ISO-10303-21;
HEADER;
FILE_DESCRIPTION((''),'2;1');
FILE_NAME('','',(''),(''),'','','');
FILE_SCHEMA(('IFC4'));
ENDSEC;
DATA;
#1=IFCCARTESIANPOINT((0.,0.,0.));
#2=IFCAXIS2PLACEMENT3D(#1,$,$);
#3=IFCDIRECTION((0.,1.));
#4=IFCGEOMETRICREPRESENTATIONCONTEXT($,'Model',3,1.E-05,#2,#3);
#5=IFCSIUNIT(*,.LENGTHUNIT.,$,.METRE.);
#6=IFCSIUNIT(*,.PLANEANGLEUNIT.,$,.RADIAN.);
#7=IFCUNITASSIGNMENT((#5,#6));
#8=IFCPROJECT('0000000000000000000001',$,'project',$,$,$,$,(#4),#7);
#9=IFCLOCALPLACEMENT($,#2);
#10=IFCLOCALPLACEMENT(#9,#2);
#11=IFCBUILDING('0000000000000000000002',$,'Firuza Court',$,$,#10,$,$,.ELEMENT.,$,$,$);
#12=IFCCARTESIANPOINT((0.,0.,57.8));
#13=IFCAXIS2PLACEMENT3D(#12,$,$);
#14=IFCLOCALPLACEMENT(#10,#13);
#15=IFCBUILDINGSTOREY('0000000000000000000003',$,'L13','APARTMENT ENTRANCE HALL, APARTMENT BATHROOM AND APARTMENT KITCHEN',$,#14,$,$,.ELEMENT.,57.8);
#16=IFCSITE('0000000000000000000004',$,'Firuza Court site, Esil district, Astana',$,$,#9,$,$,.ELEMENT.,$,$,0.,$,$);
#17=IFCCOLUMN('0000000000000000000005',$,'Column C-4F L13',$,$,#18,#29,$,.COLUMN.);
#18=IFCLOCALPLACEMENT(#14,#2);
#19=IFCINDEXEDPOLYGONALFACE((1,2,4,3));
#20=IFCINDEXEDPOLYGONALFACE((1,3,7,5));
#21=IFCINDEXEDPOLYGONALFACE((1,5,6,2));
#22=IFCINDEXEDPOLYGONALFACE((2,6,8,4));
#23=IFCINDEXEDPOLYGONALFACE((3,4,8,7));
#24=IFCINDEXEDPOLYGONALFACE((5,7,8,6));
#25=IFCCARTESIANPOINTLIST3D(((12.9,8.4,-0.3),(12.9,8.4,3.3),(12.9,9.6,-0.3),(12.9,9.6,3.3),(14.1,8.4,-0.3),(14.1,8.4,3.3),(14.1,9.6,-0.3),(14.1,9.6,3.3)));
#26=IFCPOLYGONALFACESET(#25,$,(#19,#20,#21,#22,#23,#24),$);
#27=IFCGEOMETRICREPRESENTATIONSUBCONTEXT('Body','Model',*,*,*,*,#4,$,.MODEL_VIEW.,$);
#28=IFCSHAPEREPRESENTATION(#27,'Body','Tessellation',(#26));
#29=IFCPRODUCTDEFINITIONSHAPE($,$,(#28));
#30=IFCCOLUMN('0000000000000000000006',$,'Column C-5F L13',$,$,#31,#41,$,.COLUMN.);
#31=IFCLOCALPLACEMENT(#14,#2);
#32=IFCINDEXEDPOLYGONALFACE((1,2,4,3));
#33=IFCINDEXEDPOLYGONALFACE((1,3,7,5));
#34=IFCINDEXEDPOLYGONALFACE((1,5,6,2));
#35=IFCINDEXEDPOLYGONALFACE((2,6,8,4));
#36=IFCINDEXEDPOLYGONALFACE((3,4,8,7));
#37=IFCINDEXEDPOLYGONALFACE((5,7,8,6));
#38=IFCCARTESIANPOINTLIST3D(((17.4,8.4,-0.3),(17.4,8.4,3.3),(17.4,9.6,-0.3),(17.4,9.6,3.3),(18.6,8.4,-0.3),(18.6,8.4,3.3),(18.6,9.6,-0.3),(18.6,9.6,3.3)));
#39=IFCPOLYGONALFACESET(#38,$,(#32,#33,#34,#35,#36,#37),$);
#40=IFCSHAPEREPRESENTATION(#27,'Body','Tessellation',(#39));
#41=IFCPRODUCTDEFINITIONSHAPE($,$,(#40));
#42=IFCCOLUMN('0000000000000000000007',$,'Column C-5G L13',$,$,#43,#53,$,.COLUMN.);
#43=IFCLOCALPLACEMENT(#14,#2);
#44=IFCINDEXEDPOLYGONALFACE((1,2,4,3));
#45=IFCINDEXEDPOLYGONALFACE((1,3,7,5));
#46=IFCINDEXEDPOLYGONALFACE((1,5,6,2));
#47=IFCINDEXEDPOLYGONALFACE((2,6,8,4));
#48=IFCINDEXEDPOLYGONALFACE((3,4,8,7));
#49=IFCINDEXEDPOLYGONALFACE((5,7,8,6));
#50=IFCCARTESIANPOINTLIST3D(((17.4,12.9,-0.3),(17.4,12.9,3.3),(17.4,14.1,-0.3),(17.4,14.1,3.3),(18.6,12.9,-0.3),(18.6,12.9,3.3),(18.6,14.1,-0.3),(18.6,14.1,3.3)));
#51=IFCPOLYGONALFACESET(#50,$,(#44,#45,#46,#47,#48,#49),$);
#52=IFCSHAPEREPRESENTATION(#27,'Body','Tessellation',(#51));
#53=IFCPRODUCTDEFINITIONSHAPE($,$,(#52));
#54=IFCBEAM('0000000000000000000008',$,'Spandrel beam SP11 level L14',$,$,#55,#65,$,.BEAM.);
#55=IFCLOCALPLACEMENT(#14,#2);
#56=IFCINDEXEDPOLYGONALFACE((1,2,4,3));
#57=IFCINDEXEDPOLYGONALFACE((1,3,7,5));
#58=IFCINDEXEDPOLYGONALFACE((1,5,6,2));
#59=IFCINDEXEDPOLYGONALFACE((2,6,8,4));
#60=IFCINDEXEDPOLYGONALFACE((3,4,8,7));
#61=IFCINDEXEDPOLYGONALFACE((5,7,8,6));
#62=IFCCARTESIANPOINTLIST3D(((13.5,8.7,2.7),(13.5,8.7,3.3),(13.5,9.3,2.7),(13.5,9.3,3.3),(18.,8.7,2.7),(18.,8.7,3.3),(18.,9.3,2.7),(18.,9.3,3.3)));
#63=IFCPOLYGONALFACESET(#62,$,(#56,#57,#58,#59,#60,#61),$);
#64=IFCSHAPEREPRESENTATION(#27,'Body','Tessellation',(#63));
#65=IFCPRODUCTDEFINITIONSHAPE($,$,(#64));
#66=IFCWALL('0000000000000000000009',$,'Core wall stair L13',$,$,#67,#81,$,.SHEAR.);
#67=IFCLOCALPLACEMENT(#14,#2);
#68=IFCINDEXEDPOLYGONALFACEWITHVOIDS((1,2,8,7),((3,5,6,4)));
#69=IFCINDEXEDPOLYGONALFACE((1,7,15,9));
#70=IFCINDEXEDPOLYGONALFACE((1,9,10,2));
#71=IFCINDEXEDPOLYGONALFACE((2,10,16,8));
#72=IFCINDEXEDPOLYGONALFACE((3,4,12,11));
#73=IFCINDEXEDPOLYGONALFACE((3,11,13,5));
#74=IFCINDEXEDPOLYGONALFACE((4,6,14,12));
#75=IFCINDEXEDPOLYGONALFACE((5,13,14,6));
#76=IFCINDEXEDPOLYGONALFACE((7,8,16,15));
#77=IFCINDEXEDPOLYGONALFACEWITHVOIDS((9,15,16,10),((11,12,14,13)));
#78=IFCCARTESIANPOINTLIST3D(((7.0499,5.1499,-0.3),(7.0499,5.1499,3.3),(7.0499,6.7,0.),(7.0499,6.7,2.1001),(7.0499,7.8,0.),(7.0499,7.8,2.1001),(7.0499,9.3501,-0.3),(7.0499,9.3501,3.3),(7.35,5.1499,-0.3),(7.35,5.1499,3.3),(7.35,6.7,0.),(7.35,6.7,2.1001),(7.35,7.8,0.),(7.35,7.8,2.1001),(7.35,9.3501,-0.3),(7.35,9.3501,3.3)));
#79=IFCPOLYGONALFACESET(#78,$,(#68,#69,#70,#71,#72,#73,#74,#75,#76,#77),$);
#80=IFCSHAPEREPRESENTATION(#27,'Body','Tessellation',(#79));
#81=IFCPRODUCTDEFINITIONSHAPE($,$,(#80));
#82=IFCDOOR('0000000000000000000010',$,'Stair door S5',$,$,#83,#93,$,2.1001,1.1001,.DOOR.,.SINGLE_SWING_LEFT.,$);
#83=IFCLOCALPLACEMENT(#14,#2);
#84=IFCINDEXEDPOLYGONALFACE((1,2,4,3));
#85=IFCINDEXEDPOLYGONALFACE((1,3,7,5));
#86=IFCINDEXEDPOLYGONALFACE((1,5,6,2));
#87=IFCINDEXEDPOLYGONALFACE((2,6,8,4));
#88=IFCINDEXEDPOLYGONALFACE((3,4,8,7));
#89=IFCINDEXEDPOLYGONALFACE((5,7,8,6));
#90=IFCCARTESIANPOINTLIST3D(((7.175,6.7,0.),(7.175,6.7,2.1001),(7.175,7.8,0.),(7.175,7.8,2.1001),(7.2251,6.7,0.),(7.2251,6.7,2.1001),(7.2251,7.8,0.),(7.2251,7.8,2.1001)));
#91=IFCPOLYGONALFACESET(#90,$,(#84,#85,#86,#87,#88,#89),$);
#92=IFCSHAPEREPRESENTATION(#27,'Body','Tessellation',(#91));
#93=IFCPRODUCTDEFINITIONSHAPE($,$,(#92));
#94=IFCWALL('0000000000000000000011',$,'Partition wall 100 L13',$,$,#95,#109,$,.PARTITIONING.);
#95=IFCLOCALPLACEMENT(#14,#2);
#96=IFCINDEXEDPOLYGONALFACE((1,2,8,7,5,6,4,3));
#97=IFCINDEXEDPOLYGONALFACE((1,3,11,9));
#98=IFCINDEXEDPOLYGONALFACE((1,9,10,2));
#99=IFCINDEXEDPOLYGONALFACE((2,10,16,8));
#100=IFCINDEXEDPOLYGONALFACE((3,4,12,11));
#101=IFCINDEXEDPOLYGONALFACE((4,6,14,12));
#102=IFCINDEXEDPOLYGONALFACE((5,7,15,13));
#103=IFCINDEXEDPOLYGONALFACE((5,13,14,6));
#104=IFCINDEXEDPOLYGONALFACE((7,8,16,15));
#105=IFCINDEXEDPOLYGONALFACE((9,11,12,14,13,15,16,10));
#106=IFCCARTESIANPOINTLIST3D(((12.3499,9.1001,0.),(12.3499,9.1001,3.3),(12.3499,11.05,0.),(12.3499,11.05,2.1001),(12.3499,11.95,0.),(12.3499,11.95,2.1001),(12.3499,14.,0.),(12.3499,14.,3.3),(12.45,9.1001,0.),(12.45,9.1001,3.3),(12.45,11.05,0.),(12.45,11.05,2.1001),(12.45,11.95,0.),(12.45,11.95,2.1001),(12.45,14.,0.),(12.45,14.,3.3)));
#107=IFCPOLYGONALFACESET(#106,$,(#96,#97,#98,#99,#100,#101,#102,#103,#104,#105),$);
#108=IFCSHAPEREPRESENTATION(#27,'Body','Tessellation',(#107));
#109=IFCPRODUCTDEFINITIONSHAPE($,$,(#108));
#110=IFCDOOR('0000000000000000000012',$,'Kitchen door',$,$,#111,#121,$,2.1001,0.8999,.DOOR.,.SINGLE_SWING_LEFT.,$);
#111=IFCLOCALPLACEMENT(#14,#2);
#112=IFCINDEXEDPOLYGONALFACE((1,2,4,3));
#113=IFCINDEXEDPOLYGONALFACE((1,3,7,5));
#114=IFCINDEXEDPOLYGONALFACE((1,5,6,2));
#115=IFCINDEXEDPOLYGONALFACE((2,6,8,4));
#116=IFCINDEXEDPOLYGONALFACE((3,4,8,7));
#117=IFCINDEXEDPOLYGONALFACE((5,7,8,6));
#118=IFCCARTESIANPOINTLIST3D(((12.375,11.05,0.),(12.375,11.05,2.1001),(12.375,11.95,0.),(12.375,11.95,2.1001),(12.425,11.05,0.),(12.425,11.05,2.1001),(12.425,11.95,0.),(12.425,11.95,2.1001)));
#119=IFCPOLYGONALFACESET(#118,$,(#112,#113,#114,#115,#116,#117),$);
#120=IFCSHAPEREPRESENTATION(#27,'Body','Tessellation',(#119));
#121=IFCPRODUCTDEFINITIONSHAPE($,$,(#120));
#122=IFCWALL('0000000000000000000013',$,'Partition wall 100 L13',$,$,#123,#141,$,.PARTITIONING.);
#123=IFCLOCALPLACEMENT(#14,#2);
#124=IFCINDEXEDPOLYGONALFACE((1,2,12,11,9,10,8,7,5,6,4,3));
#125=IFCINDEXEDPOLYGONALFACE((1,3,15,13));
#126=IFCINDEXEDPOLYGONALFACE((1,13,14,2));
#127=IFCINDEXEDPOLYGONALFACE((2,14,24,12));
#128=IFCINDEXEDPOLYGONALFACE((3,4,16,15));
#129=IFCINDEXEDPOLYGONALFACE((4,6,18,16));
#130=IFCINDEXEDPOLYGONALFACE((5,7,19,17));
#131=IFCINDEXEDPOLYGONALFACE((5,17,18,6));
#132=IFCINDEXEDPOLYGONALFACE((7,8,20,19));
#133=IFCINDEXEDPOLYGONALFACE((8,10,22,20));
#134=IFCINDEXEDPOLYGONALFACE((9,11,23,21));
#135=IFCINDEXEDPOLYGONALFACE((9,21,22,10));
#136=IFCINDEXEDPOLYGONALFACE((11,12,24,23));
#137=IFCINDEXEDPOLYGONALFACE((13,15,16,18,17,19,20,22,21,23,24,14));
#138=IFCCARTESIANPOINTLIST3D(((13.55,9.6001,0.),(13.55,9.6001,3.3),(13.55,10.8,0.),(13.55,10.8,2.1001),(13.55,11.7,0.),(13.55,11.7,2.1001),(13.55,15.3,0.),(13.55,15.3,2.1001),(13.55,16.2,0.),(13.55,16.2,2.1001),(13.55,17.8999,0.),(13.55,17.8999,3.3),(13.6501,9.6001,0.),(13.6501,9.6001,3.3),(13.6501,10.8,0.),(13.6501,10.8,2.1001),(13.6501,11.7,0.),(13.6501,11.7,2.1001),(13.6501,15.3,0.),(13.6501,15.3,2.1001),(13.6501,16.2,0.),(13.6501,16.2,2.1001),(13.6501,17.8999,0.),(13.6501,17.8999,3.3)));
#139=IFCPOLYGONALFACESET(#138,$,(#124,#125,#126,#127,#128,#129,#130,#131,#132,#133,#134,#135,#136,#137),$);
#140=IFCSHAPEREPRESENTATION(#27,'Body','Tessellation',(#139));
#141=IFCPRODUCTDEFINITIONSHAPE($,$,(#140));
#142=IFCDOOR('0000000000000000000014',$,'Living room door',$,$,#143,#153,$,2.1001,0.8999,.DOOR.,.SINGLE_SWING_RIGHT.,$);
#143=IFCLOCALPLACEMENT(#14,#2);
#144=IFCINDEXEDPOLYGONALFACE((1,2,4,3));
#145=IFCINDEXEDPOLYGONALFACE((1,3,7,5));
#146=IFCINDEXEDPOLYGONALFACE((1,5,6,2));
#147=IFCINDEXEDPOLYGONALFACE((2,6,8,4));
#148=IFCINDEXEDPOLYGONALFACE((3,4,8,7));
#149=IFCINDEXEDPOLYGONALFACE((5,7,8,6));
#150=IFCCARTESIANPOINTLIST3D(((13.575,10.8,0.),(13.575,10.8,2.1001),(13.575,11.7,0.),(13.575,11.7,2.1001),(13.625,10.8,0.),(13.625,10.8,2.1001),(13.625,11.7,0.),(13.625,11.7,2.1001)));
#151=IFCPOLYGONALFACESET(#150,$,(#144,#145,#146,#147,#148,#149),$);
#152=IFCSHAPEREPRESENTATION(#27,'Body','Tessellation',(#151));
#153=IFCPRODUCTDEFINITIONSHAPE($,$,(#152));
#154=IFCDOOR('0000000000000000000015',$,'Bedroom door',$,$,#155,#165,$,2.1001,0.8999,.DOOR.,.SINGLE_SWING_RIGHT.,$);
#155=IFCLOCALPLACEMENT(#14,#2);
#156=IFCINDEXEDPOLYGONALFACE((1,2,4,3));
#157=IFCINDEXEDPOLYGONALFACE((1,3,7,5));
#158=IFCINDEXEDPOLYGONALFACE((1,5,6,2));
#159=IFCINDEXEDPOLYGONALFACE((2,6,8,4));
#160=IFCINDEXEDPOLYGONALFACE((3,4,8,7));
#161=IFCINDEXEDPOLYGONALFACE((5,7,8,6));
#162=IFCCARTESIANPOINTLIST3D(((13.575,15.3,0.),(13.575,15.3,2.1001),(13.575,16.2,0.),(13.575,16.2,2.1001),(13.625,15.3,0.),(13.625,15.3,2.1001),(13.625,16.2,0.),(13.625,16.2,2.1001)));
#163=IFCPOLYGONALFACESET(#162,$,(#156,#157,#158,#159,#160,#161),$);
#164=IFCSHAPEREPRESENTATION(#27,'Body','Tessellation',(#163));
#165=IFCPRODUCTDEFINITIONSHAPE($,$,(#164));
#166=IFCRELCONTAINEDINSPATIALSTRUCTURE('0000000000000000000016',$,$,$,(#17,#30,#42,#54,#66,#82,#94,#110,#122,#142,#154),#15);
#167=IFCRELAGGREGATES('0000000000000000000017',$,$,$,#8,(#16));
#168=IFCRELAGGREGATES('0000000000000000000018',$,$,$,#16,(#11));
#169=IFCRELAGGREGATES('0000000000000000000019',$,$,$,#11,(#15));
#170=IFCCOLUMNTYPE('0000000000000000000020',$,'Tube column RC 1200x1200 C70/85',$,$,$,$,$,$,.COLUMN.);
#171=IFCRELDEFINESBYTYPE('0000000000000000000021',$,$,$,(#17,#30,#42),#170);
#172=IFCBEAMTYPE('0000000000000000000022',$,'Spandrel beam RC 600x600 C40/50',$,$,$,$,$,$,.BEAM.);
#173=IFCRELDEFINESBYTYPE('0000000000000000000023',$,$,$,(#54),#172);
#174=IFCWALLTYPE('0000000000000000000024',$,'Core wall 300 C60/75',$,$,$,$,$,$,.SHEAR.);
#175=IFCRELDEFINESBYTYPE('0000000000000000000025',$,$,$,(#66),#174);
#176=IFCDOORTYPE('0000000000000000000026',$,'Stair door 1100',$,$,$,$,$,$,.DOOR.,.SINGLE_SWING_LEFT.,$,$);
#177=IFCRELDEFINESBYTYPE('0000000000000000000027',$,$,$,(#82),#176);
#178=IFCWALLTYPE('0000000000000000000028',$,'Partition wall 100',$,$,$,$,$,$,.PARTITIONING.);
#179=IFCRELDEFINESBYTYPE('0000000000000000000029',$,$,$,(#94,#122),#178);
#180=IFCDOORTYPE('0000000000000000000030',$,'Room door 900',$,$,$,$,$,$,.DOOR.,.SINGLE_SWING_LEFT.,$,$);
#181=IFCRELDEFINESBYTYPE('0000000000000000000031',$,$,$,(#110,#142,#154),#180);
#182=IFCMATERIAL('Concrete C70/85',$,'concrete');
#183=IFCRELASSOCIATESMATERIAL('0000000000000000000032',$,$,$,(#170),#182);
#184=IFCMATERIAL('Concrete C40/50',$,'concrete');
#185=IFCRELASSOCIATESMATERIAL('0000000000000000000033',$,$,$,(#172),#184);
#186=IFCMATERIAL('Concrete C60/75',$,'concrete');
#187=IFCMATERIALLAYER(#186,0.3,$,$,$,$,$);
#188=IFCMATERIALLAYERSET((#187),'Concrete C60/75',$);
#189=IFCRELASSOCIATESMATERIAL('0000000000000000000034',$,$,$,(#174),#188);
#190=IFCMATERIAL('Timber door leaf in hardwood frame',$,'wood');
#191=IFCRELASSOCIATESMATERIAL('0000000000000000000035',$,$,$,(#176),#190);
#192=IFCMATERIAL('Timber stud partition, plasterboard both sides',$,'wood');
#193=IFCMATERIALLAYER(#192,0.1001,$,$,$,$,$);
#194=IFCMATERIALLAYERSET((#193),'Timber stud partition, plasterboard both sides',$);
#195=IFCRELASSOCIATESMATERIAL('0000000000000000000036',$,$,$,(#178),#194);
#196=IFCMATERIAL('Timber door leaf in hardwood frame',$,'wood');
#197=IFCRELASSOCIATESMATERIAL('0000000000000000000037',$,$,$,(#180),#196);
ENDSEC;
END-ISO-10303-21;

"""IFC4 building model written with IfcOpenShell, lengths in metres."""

from ifc_helpers import new_model, si_unit, direction, frame, frame_2d, origin, origin_2d, place, context, subcontext, project, spatial, rectangle, extrude, material, layer, layer_set, material_profile, profile_set, type_object, element, fill, save


model = new_model("IFC4")

# Units and contexts
model_context = context("Model", 3, precision=1e-05, world=origin(), true_north=direction((0.0, 1.0)))
body_context = subcontext(model_context, "Body", "Model", "MODEL_VIEW")
ifc_project = project(units=[si_unit("LENGTHUNIT", "METRE"), si_unit("PLANEANGLEUNIT", "RADIAN")], contexts=[model_context])

# Site, building, storey
site_placement = place(None, origin())
site = spatial("IfcSite", under=ifc_project, at=site_placement, Name="Firuza Court site, Esil district, Astana", CompositionType="ELEMENT", RefElevation=0.0)
building_placement = place(site_placement, origin())
building = spatial("IfcBuilding", under=site, at=building_placement, Name="Firuza Court", CompositionType="ELEMENT")
storey_placement = place(building_placement, frame((0.0, 0.0, 57.8)))
storey = spatial("IfcBuildingStorey", under=building, at=storey_placement, Name="L13", Description="APARTMENT ENTRANCE HALL, APARTMENT BATHROOM AND APARTMENT KITCHEN", CompositionType="ELEMENT", Elevation=57.8)

# Columns
ifc_material_1 = material(Name="Concrete C70/85", Category="concrete")
ifc_material_profile_1 = material_profile(ifc_material_1, rectangle(XDim=1.2, YDim=1.2, at=origin_2d()), Name="RC 1200x1200")
ifc_profile_set_1 = profile_set([ifc_material_profile_1], Name="Concrete C70/85")
column_type = type_object("IfcColumnType", Name="Tube column RC 1200x1200 C70/85", PredefinedType="COLUMN", material=ifc_profile_set_1)
for number, where, z_axis, x_axis, name in (
    (1, (13.5, 9.0, -0.3), (0.0, 0.0, 1.0), (1.0, 0.0, 0.0), "Column C-4F L13"),
    (2, (18.0, 9.0, -0.3), (0.0, 0.0, 1.0), (1.0, 0.0, 0.0), "Column C-5F L13"),
    (3, (18.0, 13.5, -0.3), (0.0, 0.0, 1.0), (1.0, 0.0, 0.0), "Column C-5G L13"),
):
    element("IfcColumn", number, at=place(storey_placement, frame(where, z_axis=z_axis, x_axis=x_axis)), inside=storey, type_object=column_type, Name=name, PredefinedType="COLUMN", context=body_context, shape_type="SweptSolid", body=[
        extrude(rectangle(XDim=1.2, YDim=1.2, at=origin_2d()), origin(), (0.0, 0.0, 1.0), 3.6001),
    ])

# Beam
ifc_material_2 = material(Name="Concrete C40/50", Category="concrete")
ifc_material_profile_2 = material_profile(ifc_material_2, rectangle(XDim=0.6001, YDim=0.6001, at=origin_2d()), Name="RC 600x600")
ifc_profile_set_2 = profile_set([ifc_material_profile_2], Name="Concrete C40/50")
beam_type = type_object("IfcBeamType", Name="Spandrel beam RC 600x600 C40/50", PredefinedType="BEAM", material=ifc_profile_set_2)
beam_placement = place(storey_placement, frame((13.5, 9.0, 3.0), z_axis=(1.0, 0.0, 0.0), x_axis=(0.0, 1.0, 0.0)))
element("IfcBeam", 4, at=beam_placement, inside=storey, type_object=beam_type, Name="Spandrel beam SP11 level L14", PredefinedType="BEAM", context=body_context, shape_type="SweptSolid", body=[
    extrude(rectangle(XDim=0.6001, YDim=0.6001, at=origin_2d()), origin(), (0.0, 0.0, 1.0), 4.5),
])

# Walls, openings, doors
ifc_material_3 = material(Name="Concrete C60/75", Category="concrete")
ifc_layer_1 = layer(ifc_material_3, 0.3)
ifc_layer_set_1 = layer_set([ifc_layer_1], Name="Concrete C60/75")
wall_type_1 = type_object("IfcWallType", Name="Core wall 300 C60/75", PredefinedType="SHEAR", material=ifc_layer_set_1)
wall_1_placement = place(storey_placement, frame((7.2, 5.1499, -0.3), z_axis=(0.0, 0.0, 1.0), x_axis=(0.0, 1.0, 0.0)))
wall_1 = element("IfcWall", 5, at=wall_1_placement, inside=storey, type_object=wall_type_1, Name="Core wall stair L13", PredefinedType="SHEAR", context=body_context, shape_type="SweptSolid", body=[
    extrude(rectangle(XDim=4.2002, YDim=0.3, at=frame_2d((2.1001, 0.0))), origin(), (0.0, 0.0, 1.0), 3.6001),
])
opening_1_placement = place(wall_1_placement, frame((1.55, 0.0, 0.3)))
opening_1 = element("IfcOpeningElement", 6, at=opening_1_placement, cuts=wall_1, PredefinedType="OPENING", context=body_context, shape_type="SweptSolid", body=[
    extrude(rectangle(XDim=1.1001, YDim=2.1001, at=frame_2d((0.55, 1.05))), frame((0.0, 0.1621, 0.0), z_axis=(0.0, -1.0, 0.0), x_axis=(1.0, 0.0, 0.0)), (0.0, 0.0, 1.0), 0.324),
])
ifc_material_4 = material(Name="Timber door leaf in hardwood frame", Category="wood")
door_type_1 = type_object("IfcDoorType", Name="Stair door 1100", OperationType="SINGLE_SWING_LEFT", PredefinedType="DOOR", material=ifc_material_4)
door_1_placement = place(opening_1_placement, origin())
door_1 = element("IfcDoor", 7, at=door_1_placement, inside=storey, type_object=door_type_1, Name="Stair door S5", OperationType="SINGLE_SWING_LEFT", OverallHeight=2.1001, OverallWidth=1.1001, PredefinedType="DOOR", context=body_context, shape_type="SweptSolid", body=[
    extrude(rectangle(XDim=1.1001, YDim=2.1001, at=frame_2d((0.55, 1.05))), frame((0.0, 0.0249, 0.0), z_axis=(0.0, -1.0, 0.0), x_axis=(1.0, 0.0, 0.0)), (0.0, 0.0, 1.0), 0.05),
])
fill(opening_1, door_1)
ifc_material_5 = material(Name="Timber stud partition, plasterboard both sides", Category="wood")
ifc_layer_2 = layer(ifc_material_5, 0.1001)
ifc_layer_set_2 = layer_set([ifc_layer_2], Name="Timber stud partition, plasterboard both sides")
wall_type_2 = type_object("IfcWallType", Name="Partition wall 100", PredefinedType="PARTITIONING", material=ifc_layer_set_2)
wall_2_placement = place(storey_placement, frame((12.3999, 9.1001, 0.0), z_axis=(0.0, 0.0, 1.0), x_axis=(0.0, 1.0, 0.0)))
wall_2 = element("IfcWall", 8, at=wall_2_placement, inside=storey, type_object=wall_type_2, Name="Partition wall 100 L13", PredefinedType="PARTITIONING", context=body_context, shape_type="SweptSolid", body=[
    extrude(rectangle(XDim=4.8999, YDim=0.1001, at=frame_2d((2.45, 0.0))), origin(), (0.0, 0.0, 1.0), 3.3),
])
opening_2_placement = place(wall_2_placement, frame((1.95, 0.0, 0.0)))
opening_2 = element("IfcOpeningElement", 9, at=opening_2_placement, cuts=wall_2, PredefinedType="OPENING", context=body_context, shape_type="SweptSolid", body=[
    extrude(rectangle(XDim=0.8999, YDim=2.1001, at=frame_2d((0.45, 1.05))), frame((0.0, 0.062, 0.0), z_axis=(0.0, -1.0, 0.0), x_axis=(1.0, 0.0, 0.0)), (0.0, 0.0, 1.0), 0.124),
])
ifc_material_6 = material(Name="Timber door leaf in hardwood frame", Category="wood")
door_type_2 = type_object("IfcDoorType", Name="Room door 900", OperationType="SINGLE_SWING_LEFT", PredefinedType="DOOR", material=ifc_material_6)
door_2_placement = place(opening_2_placement, origin())
door_2 = element("IfcDoor", 10, at=door_2_placement, inside=storey, type_object=door_type_2, Name="Kitchen door", OperationType="SINGLE_SWING_LEFT", OverallHeight=2.1001, OverallWidth=0.8999, PredefinedType="DOOR", context=body_context, shape_type="SweptSolid", body=[
    extrude(rectangle(XDim=0.8999, YDim=2.1001, at=frame_2d((0.45, 1.05))), frame((0.0, 0.0249, 0.0), z_axis=(0.0, -1.0, 0.0), x_axis=(1.0, 0.0, 0.0)), (0.0, 0.0, 1.0), 0.05),
])
fill(opening_2, door_2)

# Wall, openings, doors
wall_3_placement = place(storey_placement, frame((13.6001, 9.6001, 0.0), z_axis=(0.0, 0.0, 1.0), x_axis=(0.0, 1.0, 0.0)))
wall_3 = element("IfcWall", 11, at=wall_3_placement, inside=storey, type_object=wall_type_2, Name="Partition wall 100 L13", PredefinedType="PARTITIONING", context=body_context, shape_type="SweptSolid", body=[
    extrude(rectangle(XDim=8.2998, YDim=0.1001, at=frame_2d((4.1499, 0.0))), origin(), (0.0, 0.0, 1.0), 3.3),
])
opening_3_placement = place(wall_3_placement, frame((1.2, 0.0, 0.0)))
opening_3 = element("IfcOpeningElement", 12, at=opening_3_placement, cuts=wall_3, PredefinedType="OPENING", context=body_context, shape_type="SweptSolid", body=[
    extrude(rectangle(XDim=0.8999, YDim=2.1001, at=frame_2d((0.45, 1.05))), frame((0.0, 0.062, 0.0), z_axis=(0.0, -1.0, 0.0), x_axis=(1.0, 0.0, 0.0)), (0.0, 0.0, 1.0), 0.124),
])
opening_4_placement = place(wall_3_placement, frame((5.7, 0.0, 0.0)))
opening_4 = element("IfcOpeningElement", 13, at=opening_4_placement, cuts=wall_3, PredefinedType="OPENING", context=body_context, shape_type="SweptSolid", body=[
    extrude(rectangle(XDim=0.8999, YDim=2.1001, at=frame_2d((0.45, 1.05))), frame((0.0, 0.062, 0.0), z_axis=(0.0, -1.0, 0.0), x_axis=(1.0, 0.0, 0.0)), (0.0, 0.0, 1.0), 0.124),
])
door_3_placement = place(opening_3_placement, frame((0.8999, 0.0, 0.0), z_axis=(0.0, 0.0, 1.0), x_axis=(-1.0, 0.0, 0.0)))
door_3 = element("IfcDoor", 14, at=door_3_placement, inside=storey, type_object=door_type_2, Name="Living room door", OperationType="SINGLE_SWING_RIGHT", OverallHeight=2.1001, OverallWidth=0.8999, PredefinedType="DOOR", context=body_context, shape_type="SweptSolid", body=[
    extrude(rectangle(XDim=0.8999, YDim=2.1001, at=frame_2d((0.45, 1.05))), frame((0.0, 0.0249, 0.0), z_axis=(0.0, -1.0, 0.0), x_axis=(1.0, 0.0, 0.0)), (0.0, 0.0, 1.0), 0.05),
])
fill(opening_3, door_3)
door_4_placement = place(opening_4_placement, frame((0.8999, 0.0, 0.0), z_axis=(0.0, 0.0, 1.0), x_axis=(-1.0, 0.0, 0.0)))
door_4 = element("IfcDoor", 15, at=door_4_placement, inside=storey, type_object=door_type_2, Name="Bedroom door", OperationType="SINGLE_SWING_RIGHT", OverallHeight=2.1001, OverallWidth=0.8999, PredefinedType="DOOR", context=body_context, shape_type="SweptSolid", body=[
    extrude(rectangle(XDim=0.8999, YDim=2.1001, at=frame_2d((0.45, 1.05))), frame((0.0, 0.0249, 0.0), z_axis=(0.0, -1.0, 0.0), x_axis=(1.0, 0.0, 0.0)), (0.0, 0.0, 1.0), 0.05),
])
fill(opening_4, door_4)

save(model, "model.ifc")
